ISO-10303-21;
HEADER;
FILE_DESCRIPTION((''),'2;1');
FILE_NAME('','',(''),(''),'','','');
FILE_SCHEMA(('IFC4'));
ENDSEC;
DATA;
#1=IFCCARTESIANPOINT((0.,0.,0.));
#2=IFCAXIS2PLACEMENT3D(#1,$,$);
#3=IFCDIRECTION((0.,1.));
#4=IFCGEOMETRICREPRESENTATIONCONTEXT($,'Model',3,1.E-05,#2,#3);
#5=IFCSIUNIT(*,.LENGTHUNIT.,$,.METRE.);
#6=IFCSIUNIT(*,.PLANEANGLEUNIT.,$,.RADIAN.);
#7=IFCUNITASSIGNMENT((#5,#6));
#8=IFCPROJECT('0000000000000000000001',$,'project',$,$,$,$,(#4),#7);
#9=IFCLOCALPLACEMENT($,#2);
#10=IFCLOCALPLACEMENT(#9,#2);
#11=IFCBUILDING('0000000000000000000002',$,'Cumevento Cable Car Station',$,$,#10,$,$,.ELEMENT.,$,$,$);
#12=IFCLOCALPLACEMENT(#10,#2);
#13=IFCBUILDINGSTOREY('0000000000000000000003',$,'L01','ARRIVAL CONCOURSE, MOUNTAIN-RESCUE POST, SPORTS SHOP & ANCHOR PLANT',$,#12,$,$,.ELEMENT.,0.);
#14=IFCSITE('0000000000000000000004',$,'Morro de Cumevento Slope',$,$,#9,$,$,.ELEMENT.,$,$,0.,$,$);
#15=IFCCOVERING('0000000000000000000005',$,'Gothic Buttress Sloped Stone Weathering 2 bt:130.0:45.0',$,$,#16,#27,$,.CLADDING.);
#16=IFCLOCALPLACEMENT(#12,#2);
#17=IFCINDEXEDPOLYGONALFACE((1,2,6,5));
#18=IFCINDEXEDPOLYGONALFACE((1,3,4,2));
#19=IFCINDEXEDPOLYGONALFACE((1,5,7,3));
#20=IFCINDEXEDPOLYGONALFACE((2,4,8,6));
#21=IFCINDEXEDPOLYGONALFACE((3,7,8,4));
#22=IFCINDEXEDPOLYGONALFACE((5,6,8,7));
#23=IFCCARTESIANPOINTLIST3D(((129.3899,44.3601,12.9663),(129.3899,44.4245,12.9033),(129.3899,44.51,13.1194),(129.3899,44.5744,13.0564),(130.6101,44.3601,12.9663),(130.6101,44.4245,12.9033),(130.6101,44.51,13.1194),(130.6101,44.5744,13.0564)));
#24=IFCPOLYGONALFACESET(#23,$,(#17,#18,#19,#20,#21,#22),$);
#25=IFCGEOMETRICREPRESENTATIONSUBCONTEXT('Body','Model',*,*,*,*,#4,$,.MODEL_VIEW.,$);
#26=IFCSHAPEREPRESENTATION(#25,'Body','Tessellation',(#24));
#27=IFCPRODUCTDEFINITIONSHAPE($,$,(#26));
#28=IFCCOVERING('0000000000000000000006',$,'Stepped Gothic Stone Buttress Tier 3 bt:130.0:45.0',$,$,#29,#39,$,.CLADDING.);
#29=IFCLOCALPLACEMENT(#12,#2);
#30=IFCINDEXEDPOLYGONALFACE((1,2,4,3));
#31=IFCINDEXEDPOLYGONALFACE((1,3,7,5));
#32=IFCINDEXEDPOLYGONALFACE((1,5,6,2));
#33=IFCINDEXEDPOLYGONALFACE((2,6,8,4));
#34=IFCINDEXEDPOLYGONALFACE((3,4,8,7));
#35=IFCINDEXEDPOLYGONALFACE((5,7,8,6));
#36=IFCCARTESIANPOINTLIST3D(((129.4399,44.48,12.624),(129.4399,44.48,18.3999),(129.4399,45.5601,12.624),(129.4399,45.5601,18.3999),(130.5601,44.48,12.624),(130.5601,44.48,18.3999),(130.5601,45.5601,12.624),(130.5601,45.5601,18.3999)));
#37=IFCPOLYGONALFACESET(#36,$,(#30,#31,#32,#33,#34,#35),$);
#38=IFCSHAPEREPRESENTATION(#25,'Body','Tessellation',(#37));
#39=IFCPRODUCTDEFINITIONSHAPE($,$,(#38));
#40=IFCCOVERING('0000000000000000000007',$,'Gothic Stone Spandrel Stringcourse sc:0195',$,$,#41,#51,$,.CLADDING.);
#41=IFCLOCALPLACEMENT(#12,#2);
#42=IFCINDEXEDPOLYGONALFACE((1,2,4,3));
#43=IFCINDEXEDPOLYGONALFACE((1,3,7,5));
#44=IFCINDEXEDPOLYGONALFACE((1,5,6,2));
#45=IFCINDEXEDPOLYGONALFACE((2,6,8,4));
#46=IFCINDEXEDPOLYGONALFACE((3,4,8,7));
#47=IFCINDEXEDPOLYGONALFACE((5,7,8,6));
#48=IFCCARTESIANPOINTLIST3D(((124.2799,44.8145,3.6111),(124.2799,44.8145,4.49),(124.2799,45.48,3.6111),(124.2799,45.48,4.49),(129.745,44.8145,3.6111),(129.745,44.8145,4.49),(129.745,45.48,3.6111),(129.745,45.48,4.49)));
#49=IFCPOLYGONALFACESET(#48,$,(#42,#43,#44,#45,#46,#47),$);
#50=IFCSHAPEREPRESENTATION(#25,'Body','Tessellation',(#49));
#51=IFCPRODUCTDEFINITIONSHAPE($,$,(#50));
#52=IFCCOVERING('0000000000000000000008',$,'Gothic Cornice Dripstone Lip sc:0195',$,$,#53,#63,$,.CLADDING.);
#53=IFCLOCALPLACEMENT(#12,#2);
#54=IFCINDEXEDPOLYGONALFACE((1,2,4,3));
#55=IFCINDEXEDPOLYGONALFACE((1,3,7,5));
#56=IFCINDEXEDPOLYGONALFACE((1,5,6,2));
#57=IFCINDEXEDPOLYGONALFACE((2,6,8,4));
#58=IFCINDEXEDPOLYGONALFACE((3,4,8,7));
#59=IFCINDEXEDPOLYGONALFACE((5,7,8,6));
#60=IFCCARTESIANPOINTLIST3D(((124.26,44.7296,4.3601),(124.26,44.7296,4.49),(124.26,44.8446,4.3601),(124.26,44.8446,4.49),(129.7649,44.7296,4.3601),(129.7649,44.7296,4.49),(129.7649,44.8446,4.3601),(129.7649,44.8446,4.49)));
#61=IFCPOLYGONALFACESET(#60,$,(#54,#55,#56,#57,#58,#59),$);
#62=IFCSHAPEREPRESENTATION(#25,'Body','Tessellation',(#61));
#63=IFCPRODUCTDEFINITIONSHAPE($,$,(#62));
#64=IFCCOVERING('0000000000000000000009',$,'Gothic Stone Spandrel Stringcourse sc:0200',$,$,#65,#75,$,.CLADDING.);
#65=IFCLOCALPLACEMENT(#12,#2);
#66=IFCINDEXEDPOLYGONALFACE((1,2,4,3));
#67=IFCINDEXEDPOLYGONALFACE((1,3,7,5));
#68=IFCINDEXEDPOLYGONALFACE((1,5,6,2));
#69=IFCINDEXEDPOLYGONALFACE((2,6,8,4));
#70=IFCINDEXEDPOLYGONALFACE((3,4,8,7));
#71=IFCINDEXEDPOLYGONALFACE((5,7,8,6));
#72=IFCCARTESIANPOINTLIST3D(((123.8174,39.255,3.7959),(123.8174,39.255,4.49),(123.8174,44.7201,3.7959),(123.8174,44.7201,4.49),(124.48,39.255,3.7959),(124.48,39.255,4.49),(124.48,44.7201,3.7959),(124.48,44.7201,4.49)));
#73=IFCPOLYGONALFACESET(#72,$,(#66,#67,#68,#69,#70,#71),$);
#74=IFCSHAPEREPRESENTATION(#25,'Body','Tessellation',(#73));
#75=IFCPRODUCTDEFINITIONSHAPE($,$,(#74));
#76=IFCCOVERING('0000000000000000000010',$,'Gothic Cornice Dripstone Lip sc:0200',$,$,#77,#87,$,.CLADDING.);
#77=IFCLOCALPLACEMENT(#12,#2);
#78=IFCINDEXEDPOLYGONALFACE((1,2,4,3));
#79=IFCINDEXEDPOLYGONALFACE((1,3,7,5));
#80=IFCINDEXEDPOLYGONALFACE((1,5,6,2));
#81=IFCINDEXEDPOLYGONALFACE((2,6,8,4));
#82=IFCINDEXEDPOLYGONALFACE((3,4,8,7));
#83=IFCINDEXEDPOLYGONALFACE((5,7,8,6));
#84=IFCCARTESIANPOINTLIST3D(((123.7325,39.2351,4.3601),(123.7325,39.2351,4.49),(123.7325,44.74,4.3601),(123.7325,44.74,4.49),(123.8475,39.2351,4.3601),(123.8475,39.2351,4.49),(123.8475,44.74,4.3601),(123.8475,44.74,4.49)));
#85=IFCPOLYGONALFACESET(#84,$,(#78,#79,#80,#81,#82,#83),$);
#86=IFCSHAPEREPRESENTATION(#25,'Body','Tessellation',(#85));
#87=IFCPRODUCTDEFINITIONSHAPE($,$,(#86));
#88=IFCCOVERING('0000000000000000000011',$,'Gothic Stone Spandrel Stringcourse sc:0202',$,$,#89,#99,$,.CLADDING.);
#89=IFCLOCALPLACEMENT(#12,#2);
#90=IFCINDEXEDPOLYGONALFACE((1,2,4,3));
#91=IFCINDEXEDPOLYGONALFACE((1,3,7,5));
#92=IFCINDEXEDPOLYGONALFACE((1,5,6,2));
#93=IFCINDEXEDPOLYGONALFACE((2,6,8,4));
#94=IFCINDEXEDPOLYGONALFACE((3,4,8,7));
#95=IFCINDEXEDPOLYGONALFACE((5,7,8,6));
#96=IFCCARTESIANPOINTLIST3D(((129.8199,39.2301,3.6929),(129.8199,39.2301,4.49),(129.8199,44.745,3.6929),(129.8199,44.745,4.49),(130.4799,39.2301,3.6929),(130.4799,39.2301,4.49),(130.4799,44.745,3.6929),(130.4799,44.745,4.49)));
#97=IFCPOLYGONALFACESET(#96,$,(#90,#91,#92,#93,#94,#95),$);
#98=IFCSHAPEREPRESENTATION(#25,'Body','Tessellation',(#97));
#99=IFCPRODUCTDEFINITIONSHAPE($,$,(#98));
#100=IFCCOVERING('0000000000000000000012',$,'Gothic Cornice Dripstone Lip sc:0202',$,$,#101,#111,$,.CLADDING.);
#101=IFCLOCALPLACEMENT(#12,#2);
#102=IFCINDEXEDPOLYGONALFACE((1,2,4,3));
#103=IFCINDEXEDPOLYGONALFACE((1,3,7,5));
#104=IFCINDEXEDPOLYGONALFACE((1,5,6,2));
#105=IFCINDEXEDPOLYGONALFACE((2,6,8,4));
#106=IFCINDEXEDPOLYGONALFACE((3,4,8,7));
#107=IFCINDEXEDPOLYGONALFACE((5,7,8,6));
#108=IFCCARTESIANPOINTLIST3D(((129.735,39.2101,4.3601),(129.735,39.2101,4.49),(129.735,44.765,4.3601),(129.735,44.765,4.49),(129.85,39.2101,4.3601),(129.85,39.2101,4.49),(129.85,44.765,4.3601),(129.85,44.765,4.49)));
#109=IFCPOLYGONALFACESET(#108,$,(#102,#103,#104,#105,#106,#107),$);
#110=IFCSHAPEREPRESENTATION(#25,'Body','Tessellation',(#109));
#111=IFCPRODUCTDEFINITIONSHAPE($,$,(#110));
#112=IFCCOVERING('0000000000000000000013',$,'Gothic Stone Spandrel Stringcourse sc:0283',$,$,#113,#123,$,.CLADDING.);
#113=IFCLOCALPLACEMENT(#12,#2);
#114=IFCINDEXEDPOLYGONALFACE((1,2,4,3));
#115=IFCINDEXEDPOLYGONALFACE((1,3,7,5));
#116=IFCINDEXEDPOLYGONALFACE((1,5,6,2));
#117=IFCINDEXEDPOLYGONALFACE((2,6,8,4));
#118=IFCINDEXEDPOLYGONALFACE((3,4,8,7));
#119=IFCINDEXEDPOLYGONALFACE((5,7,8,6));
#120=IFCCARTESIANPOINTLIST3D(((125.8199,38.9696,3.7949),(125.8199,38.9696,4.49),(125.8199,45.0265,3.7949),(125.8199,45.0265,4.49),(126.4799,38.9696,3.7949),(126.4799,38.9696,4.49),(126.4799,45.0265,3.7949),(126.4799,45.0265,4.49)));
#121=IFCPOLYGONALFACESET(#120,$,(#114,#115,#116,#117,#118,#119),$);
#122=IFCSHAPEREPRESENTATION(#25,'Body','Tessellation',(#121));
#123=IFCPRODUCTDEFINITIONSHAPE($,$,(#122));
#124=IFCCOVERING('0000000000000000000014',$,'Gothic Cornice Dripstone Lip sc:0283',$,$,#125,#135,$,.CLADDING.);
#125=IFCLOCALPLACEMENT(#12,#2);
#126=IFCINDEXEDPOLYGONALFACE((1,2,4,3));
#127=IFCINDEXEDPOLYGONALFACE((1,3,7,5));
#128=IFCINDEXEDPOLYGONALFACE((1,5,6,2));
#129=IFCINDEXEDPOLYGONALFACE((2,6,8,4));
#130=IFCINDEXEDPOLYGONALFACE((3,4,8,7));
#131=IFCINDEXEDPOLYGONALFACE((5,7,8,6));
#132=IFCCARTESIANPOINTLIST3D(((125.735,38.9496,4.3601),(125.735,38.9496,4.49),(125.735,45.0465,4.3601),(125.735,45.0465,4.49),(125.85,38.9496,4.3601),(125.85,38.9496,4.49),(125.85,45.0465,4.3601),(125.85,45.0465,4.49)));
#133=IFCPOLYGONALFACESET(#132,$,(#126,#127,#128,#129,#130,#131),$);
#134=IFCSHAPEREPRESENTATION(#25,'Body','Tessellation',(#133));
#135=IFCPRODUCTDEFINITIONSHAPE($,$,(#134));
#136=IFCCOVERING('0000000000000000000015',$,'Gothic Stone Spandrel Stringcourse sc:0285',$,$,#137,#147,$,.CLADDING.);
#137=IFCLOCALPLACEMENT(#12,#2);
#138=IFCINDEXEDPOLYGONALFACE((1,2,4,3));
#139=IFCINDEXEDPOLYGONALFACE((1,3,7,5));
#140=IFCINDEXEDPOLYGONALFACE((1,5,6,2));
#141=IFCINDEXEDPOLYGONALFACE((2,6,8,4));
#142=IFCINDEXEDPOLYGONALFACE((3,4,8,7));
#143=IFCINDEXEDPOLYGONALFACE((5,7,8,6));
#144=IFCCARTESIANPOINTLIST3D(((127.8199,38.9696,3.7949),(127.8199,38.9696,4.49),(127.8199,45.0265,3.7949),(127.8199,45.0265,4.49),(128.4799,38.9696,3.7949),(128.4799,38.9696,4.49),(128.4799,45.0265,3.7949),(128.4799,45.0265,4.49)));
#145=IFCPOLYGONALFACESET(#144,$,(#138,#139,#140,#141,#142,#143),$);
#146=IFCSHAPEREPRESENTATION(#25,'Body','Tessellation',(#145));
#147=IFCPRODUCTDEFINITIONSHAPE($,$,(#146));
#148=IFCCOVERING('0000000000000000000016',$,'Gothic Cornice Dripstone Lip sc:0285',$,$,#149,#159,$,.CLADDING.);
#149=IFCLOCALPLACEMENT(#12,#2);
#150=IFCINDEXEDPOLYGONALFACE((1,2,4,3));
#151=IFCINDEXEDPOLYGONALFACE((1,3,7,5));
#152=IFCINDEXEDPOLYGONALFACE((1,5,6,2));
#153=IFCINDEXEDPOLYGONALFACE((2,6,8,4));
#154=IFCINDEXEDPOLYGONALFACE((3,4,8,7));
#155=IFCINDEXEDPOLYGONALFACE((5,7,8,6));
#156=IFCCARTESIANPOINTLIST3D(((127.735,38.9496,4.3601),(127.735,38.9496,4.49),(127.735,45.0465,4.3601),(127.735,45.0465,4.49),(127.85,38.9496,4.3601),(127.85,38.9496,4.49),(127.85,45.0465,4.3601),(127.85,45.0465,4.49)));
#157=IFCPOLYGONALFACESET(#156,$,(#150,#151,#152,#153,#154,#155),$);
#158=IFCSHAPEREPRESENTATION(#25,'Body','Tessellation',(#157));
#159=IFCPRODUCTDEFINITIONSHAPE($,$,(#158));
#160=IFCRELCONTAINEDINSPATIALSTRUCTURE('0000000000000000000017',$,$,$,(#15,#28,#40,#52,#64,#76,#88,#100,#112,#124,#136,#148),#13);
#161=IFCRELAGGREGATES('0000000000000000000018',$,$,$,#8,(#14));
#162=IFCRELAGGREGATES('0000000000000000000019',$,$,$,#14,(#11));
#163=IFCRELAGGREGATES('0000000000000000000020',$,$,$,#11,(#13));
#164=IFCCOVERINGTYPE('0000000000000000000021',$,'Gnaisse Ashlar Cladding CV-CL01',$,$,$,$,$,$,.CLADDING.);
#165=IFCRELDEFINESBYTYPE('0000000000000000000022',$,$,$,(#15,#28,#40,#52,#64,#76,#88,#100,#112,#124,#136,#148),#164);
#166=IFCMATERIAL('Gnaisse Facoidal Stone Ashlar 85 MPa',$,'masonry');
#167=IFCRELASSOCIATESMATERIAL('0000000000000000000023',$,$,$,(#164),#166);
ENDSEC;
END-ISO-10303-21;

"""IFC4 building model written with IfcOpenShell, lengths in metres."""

from ifc_helpers import new_model, si_unit, direction, frame, origin, origin_2d, place, context, subcontext, project, spatial, polyline, rectangle, outline, extrude, material, type_object, element, save


model = new_model("IFC4")

# Units and contexts
model_context = context("Model", 3, precision=1e-05, world=origin(), true_north=direction((0.0, 1.0)))
body_context = subcontext(model_context, "Body", "Model", "MODEL_VIEW")
ifc_project = project(units=[si_unit("LENGTHUNIT", "METRE"), si_unit("PLANEANGLEUNIT", "RADIAN")], contexts=[model_context])

# Site, building, storey
site_placement = place(None, origin())
site = spatial("IfcSite", under=ifc_project, at=site_placement, Name="Morro de Cumevento Slope", CompositionType="ELEMENT", RefElevation=0.0)
building_placement = place(site_placement, origin())
building = spatial("IfcBuilding", under=site, at=building_placement, Name="Cumevento Cable Car Station", CompositionType="ELEMENT")
storey_placement = place(building_placement, origin())
storey = spatial("IfcBuildingStorey", under=building, at=storey_placement, Name="L01", Description="ARRIVAL CONCOURSE, MOUNTAIN-RESCUE POST, SPORTS SHOP & ANCHOR PLANT", CompositionType="ELEMENT", Elevation=0.0)

# Coverings
ifc_material_1 = material(Name="Gnaisse Facoidal Stone Ashlar 85 MPa", Category="masonry")
covering_type = type_object("IfcCoveringType", Name="Gnaisse Ashlar Cladding CV-CL01", PredefinedType="CLADDING", material=ifc_material_1)
covering_1_placement = place(storey_placement, frame((129.3899, 44.3601, 12.9663), z_axis=(0.0, -0.714475, 0.699661), x_axis=(1.0, 0.0, 0.0)))
element("IfcCovering", 1, at=covering_1_placement, inside=storey, type_object=covering_type, Name="Gothic Buttress Sloped Stone Weathering 2 bt:130.0:45.0", PredefinedType="CLADDING", context=body_context, shape_type="SweptSolid", body=[
    extrude(outline(polyline([(0.0, 0.0), (1.2202, 0.0), (1.2202, 0.2142), (0.0, 0.2142), (0.0, 0.0)])), origin(), (0.0, 0.0, -1.0), 0.0901),
])
covering_2_placement = place(storey_placement, frame((130.0, 45.02, 12.624), z_axis=(0.0, 0.0, 1.0), x_axis=(1.0, 0.0, 0.0)))
element("IfcCovering", 2, at=covering_2_placement, inside=storey, type_object=covering_type, Name="Stepped Gothic Stone Buttress Tier 3 bt:130.0:45.0", PredefinedType="CLADDING", context=body_context, shape_type="SweptSolid", body=[
    extrude(rectangle(XDim=1.1201, YDim=1.0801, at=origin_2d()), origin(), (0.0, 0.0, 1.0), 5.7759),
])
covering_3_placement = place(storey_placement, frame((127.0125, 45.1472, 3.6111), z_axis=(0.0, 0.0, 1.0), x_axis=(-1.0, 0.0, 0.0)))
element("IfcCovering", 3, at=covering_3_placement, inside=storey, type_object=covering_type, Name="Gothic Stone Spandrel Stringcourse sc:0195", PredefinedType="CLADDING", context=body_context, shape_type="SweptSolid", body=[
    extrude(rectangle(XDim=5.4651, YDim=0.6655, at=origin_2d()), origin(), (0.0, 0.0, 1.0), 0.8789),
])
covering_4_placement = place(storey_placement, frame((127.0125, 44.7871, 4.3601), z_axis=(0.0, 0.0, 1.0), x_axis=(-1.0, 0.0, 0.0)))
element("IfcCovering", 4, at=covering_4_placement, inside=storey, type_object=covering_type, Name="Gothic Cornice Dripstone Lip sc:0195", PredefinedType="CLADDING", context=body_context, shape_type="SweptSolid", body=[
    extrude(rectangle(XDim=5.5049, YDim=0.115, at=origin_2d()), origin(), (0.0, 0.0, 1.0), 0.1299),
])
covering_5_placement = place(storey_placement, frame((124.1487, 41.9875, 3.7959), z_axis=(0.0, 0.0, 1.0), x_axis=(0.0, 1.0, 0.0)))
element("IfcCovering", 5, at=covering_5_placement, inside=storey, type_object=covering_type, Name="Gothic Stone Spandrel Stringcourse sc:0200", PredefinedType="CLADDING", context=body_context, shape_type="SweptSolid", body=[
    extrude(rectangle(XDim=5.4651, YDim=0.6626, at=origin_2d()), origin(), (0.0, 0.0, 1.0), 0.6941),
])
covering_6_placement = place(storey_placement, frame((123.79, 41.9875, 4.3601), z_axis=(0.0, 0.0, 1.0), x_axis=(0.0, 1.0, 0.0)))
element("IfcCovering", 6, at=covering_6_placement, inside=storey, type_object=covering_type, Name="Gothic Cornice Dripstone Lip sc:0200", PredefinedType="CLADDING", context=body_context, shape_type="SweptSolid", body=[
    extrude(rectangle(XDim=5.5049, YDim=0.115, at=origin_2d()), origin(), (0.0, 0.0, 1.0), 0.1299),
])
covering_7_placement = place(storey_placement, frame((130.1499, 41.9875, 3.6929), z_axis=(0.0, 0.0, 1.0), x_axis=(0.0, 1.0, 0.0)))
element("IfcCovering", 7, at=covering_7_placement, inside=storey, type_object=covering_type, Name="Gothic Stone Spandrel Stringcourse sc:0202", PredefinedType="CLADDING", context=body_context, shape_type="SweptSolid", body=[
    extrude(rectangle(XDim=5.5149, YDim=0.6599, at=origin_2d()), origin(), (0.0, 0.0, 1.0), 0.7971),
])
covering_8_placement = place(storey_placement, frame((129.7925, 41.9875, 4.3601), z_axis=(0.0, 0.0, 1.0), x_axis=(0.0, 1.0, 0.0)))
element("IfcCovering", 8, at=covering_8_placement, inside=storey, type_object=covering_type, Name="Gothic Cornice Dripstone Lip sc:0202", PredefinedType="CLADDING", context=body_context, shape_type="SweptSolid", body=[
    extrude(rectangle(XDim=5.5549, YDim=0.115, at=origin_2d()), origin(), (0.0, 0.0, 1.0), 0.1299),
])
covering_9_placement = place(storey_placement, frame((126.1499, 41.998, 3.7949), z_axis=(0.0, 0.0, 1.0), x_axis=(0.0, 1.0, 0.0)))
element("IfcCovering", 9, at=covering_9_placement, inside=storey, type_object=covering_type, Name="Gothic Stone Spandrel Stringcourse sc:0283", PredefinedType="CLADDING", context=body_context, shape_type="SweptSolid", body=[
    extrude(rectangle(XDim=6.0569, YDim=0.6599, at=origin_2d()), origin(), (0.0, 0.0, 1.0), 0.6951),
])
covering_10_placement = place(storey_placement, frame((125.7925, 41.998, 4.3601), z_axis=(0.0, 0.0, 1.0), x_axis=(0.0, 1.0, 0.0)))
element("IfcCovering", 10, at=covering_10_placement, inside=storey, type_object=covering_type, Name="Gothic Cornice Dripstone Lip sc:0283", PredefinedType="CLADDING", context=body_context, shape_type="SweptSolid", body=[
    extrude(rectangle(XDim=6.0969, YDim=0.115, at=origin_2d()), origin(), (0.0, 0.0, 1.0), 0.1299),
])
covering_11_placement = place(storey_placement, frame((128.1499, 41.998, 3.7949), z_axis=(0.0, 0.0, 1.0), x_axis=(0.0, 1.0, 0.0)))
element("IfcCovering", 11, at=covering_11_placement, inside=storey, type_object=covering_type, Name="Gothic Stone Spandrel Stringcourse sc:0285", PredefinedType="CLADDING", context=body_context, shape_type="SweptSolid", body=[
    extrude(rectangle(XDim=6.0569, YDim=0.6599, at=origin_2d()), origin(), (0.0, 0.0, 1.0), 0.6951),
])
covering_12_placement = place(storey_placement, frame((127.7925, 41.998, 4.3601), z_axis=(0.0, 0.0, 1.0), x_axis=(0.0, 1.0, 0.0)))
element("IfcCovering", 12, at=covering_12_placement, inside=storey, type_object=covering_type, Name="Gothic Cornice Dripstone Lip sc:0285", PredefinedType="CLADDING", context=body_context, shape_type="SweptSolid", body=[
    extrude(rectangle(XDim=6.0969, YDim=0.115, at=origin_2d()), origin(), (0.0, 0.0, 1.0), 0.1299),
])

save(model, "model.ifc")
